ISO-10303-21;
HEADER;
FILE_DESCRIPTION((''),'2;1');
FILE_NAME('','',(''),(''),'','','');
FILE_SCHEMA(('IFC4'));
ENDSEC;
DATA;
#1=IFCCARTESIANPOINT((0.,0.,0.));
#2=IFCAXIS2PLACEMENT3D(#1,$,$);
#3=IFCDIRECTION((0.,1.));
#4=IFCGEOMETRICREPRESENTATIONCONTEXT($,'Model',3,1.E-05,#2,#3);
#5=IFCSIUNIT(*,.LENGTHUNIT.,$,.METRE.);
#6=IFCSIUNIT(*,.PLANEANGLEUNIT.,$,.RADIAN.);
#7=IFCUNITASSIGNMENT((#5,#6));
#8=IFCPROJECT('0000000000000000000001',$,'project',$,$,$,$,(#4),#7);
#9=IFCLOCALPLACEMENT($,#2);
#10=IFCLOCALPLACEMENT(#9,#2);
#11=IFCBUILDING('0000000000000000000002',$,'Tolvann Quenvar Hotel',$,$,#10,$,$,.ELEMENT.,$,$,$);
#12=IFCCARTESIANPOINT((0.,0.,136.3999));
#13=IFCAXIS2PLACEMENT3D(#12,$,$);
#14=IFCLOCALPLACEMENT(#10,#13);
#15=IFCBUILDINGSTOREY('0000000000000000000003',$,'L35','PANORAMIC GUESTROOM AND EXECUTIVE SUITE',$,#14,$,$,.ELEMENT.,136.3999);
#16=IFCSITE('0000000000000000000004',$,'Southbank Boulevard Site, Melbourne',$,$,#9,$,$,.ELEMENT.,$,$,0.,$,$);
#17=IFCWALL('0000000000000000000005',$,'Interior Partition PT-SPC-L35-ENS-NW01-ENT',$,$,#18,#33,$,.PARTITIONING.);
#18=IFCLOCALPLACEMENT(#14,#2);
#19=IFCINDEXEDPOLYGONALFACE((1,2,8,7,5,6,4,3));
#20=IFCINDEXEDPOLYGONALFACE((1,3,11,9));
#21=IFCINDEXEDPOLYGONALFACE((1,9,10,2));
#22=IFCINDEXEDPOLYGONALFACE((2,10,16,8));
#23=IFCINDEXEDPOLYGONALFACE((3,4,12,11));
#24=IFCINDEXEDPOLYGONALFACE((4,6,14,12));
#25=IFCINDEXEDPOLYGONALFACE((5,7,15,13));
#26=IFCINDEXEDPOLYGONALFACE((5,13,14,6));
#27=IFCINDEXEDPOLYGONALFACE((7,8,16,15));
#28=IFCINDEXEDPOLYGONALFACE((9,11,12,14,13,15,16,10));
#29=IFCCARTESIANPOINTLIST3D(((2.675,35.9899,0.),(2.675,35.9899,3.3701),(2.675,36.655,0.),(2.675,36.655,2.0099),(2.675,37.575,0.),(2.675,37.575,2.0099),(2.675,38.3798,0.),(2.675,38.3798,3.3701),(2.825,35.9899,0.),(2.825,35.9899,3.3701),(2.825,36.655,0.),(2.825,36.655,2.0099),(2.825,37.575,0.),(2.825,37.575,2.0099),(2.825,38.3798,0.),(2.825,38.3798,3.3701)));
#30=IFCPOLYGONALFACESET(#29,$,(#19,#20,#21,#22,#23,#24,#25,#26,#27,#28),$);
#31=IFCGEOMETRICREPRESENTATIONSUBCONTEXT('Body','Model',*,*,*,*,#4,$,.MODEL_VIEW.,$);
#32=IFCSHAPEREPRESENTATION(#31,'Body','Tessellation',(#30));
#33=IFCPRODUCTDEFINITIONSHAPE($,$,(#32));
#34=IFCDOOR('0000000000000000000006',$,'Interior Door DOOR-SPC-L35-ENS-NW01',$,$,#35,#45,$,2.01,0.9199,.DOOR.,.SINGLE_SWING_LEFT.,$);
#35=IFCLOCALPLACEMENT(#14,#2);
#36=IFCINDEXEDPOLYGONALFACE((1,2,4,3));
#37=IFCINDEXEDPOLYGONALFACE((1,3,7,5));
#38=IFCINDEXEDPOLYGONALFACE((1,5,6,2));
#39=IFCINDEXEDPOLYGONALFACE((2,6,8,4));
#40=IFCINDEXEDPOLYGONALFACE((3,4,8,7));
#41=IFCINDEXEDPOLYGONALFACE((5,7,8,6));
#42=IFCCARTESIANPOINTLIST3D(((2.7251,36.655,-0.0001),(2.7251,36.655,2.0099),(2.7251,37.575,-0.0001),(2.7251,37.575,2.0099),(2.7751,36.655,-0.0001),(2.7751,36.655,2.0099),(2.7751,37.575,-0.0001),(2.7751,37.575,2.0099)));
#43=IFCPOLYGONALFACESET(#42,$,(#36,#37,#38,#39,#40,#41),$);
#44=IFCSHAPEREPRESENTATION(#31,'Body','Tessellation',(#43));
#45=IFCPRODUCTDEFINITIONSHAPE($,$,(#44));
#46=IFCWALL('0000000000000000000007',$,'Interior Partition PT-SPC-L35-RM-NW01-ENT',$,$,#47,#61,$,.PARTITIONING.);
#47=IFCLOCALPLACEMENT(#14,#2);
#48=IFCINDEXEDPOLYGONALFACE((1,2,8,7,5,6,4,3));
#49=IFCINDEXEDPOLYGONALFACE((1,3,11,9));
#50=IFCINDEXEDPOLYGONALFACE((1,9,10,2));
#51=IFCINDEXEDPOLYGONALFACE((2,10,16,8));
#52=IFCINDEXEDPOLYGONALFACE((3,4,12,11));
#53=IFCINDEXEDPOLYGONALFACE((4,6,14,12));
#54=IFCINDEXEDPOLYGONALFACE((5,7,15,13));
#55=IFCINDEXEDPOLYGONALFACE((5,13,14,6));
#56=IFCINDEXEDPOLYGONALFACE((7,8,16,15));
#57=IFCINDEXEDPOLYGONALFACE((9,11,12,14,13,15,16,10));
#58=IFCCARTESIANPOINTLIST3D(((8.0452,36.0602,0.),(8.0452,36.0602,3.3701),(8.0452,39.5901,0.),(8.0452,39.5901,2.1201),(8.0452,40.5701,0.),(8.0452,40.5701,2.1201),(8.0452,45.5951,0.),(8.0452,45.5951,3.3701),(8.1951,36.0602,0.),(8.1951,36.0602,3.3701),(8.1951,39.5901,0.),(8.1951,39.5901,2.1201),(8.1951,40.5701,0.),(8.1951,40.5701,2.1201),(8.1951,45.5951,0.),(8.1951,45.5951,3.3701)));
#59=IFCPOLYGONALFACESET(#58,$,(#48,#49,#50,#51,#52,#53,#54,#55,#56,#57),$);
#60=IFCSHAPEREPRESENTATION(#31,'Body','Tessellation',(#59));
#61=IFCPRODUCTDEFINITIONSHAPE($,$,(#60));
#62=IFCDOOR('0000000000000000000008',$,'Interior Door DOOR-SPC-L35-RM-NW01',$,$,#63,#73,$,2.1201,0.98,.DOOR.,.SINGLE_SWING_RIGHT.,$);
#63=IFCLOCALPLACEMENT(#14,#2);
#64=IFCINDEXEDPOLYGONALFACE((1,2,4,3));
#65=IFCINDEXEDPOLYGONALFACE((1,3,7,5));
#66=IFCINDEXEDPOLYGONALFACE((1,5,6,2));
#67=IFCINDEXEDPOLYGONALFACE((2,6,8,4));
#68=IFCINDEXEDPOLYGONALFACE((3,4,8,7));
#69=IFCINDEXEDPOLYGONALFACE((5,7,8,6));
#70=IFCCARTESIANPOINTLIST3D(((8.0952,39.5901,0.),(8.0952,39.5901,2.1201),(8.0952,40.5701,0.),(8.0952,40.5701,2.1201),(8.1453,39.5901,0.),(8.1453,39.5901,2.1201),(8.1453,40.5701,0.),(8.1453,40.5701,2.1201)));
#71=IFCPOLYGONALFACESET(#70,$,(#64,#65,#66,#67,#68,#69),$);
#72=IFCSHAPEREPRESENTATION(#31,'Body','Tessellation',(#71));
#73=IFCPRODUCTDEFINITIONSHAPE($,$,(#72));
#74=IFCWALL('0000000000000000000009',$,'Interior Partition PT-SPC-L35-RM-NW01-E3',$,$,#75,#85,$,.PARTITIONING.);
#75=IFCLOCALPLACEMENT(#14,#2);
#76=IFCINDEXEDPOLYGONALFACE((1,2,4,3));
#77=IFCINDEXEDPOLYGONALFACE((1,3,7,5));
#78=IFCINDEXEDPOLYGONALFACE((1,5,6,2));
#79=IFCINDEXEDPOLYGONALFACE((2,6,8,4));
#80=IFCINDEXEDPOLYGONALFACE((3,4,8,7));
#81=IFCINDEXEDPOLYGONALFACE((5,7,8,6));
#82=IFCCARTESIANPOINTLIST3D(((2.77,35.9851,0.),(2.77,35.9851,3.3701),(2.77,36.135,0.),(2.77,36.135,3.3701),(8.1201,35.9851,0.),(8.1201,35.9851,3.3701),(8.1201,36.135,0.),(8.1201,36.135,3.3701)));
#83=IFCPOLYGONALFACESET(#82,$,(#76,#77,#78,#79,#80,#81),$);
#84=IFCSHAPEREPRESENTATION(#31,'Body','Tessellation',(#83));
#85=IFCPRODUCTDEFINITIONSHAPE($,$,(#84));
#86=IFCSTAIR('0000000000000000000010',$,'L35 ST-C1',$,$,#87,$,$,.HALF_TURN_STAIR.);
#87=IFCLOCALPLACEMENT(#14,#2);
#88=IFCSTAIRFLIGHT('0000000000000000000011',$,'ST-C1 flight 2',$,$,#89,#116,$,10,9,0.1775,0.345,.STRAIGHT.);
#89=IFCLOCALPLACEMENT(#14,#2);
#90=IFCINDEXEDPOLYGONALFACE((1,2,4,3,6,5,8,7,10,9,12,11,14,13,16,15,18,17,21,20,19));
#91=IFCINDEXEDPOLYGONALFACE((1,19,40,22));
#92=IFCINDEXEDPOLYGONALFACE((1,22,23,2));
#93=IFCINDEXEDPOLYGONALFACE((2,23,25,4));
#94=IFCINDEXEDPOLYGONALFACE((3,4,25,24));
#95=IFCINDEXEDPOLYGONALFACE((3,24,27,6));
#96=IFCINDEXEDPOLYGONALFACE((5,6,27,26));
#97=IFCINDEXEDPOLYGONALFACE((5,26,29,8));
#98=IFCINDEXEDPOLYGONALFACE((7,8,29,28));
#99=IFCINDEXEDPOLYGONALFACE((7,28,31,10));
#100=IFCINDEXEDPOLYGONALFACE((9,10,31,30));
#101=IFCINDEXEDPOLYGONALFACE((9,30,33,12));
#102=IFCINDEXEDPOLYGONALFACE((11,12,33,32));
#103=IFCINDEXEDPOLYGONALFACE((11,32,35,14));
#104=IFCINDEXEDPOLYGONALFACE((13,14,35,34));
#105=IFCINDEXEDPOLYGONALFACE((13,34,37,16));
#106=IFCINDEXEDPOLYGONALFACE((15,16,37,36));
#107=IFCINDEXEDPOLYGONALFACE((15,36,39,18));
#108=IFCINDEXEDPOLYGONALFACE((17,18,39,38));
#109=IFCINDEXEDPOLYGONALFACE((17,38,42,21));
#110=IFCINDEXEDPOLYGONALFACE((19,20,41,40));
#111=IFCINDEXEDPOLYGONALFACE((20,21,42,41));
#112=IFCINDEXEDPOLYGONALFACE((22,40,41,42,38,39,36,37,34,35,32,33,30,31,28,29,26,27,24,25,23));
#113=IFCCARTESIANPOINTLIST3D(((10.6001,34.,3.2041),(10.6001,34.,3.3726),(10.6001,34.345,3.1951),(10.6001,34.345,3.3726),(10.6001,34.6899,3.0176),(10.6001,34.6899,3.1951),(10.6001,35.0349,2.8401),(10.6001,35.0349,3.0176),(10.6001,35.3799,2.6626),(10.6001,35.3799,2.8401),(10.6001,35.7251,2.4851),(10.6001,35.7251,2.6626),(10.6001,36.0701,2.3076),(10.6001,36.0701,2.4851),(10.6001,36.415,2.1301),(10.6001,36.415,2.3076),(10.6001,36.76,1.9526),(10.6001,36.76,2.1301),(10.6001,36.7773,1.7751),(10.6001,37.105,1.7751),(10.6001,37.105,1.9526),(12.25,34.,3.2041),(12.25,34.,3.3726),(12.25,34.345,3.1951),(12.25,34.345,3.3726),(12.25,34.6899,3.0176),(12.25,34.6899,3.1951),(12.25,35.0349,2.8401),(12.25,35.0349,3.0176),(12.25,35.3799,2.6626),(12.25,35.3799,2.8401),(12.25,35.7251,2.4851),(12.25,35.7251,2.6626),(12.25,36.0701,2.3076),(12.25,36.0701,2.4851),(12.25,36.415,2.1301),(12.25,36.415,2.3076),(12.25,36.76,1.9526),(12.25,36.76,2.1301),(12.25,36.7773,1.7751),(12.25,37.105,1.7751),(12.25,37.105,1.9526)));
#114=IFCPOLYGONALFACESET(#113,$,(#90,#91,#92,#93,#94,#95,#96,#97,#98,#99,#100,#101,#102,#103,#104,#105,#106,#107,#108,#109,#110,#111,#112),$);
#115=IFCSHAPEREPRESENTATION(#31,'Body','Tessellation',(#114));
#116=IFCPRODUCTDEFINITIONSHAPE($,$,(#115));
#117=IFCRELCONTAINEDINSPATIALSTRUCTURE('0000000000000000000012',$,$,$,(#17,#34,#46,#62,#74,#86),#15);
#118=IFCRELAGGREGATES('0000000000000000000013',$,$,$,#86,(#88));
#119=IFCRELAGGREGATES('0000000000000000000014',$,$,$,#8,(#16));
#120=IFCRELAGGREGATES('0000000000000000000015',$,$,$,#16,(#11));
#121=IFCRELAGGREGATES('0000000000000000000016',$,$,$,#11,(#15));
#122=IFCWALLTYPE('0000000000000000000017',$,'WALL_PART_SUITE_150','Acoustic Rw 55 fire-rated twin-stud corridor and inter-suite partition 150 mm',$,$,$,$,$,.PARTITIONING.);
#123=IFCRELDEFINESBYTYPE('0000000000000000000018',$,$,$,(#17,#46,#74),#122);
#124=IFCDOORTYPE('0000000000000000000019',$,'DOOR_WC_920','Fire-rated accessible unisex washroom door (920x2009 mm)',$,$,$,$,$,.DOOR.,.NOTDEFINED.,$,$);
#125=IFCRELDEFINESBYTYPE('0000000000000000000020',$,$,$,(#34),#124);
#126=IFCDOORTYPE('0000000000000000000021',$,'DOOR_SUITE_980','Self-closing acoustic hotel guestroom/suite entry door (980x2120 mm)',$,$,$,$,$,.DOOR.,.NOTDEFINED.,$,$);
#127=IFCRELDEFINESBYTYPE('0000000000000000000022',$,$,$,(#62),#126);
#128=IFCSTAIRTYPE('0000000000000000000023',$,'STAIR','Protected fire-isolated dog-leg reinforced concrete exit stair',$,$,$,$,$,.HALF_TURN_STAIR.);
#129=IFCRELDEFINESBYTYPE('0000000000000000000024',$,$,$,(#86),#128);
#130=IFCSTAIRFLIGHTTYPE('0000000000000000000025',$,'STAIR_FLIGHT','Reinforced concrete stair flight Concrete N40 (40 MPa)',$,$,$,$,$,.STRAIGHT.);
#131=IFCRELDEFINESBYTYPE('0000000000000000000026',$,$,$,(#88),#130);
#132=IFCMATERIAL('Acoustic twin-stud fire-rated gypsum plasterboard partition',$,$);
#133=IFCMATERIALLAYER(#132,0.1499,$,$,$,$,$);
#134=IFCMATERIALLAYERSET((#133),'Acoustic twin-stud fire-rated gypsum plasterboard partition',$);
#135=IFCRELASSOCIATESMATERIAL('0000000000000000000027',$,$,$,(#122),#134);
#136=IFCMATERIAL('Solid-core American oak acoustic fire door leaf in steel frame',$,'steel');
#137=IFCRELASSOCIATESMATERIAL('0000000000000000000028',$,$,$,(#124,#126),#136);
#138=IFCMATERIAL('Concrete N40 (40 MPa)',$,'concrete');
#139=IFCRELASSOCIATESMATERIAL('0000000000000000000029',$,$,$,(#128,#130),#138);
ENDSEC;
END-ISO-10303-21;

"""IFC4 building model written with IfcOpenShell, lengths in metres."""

from ifc_helpers import new_model, si_unit, direction, frame, frame_2d, origin, place, context, subcontext, project, spatial, polyline, rectangle, outline, extrude, source, transform, mapped, material, layer, layer_set, type_object, type_shapes, element, fill, aggregate, save


model = new_model("IFC4")

# Units and contexts
model_context = context("Model", 3, precision=1e-05, world=origin(), true_north=direction((0.0, 1.0)))
body_context = subcontext(model_context, "Body", "Model", "MODEL_VIEW")
ifc_project = project(units=[si_unit("LENGTHUNIT", "METRE"), si_unit("PLANEANGLEUNIT", "RADIAN")], contexts=[model_context])

# Site, building, storey
site_placement = place(None, origin())
site = spatial("IfcSite", under=ifc_project, at=site_placement, Name="Southbank Boulevard Site, Melbourne", CompositionType="ELEMENT", RefElevation=0.0)
building_placement = place(site_placement, origin())
building = spatial("IfcBuilding", under=site, at=building_placement, Name="Tolvann Quenvar Hotel", CompositionType="ELEMENT")
storey_placement = place(building_placement, frame((0.0, 0.0, 136.3999)))
storey = spatial("IfcBuildingStorey", under=building, at=storey_placement, Name="L35", Description="PANORAMIC GUESTROOM AND EXECUTIVE SUITE", CompositionType="ELEMENT", Elevation=136.3999)

# Shared definitions
ifc_material_1 = material(Name="Solid-core American oak acoustic fire door leaf in steel frame", Category="steel")

# Shared definitions
ifc_material_2 = material(Name="Acoustic twin-stud fire-rated gypsum plasterboard partition")

# Walls, openings, doors
ifc_layer_1 = layer(ifc_material_2, 0.1499)
ifc_layer_set_1 = layer_set([ifc_layer_1], Name="Acoustic twin-stud fire-rated gypsum plasterboard partition")
wall_type_1 = type_object("IfcWallType", Name="WALL_PART_SUITE_150", Description="Acoustic Rw 55 fire-rated twin-stud corridor and inter-suite partition 150 mm", PredefinedType="PARTITIONING", material=ifc_layer_set_1)
wall_1_placement = place(storey_placement, frame((2.75, 35.99, 0.0), z_axis=(0.0, 0.0, 1.0), x_axis=(0.0, 1.0, 0.0)))
wall_1 = element("IfcWall", 1, at=wall_1_placement, inside=storey, type_object=wall_type_1, Name="Interior Partition PT-SPC-L35-ENS-NW01-ENT", PredefinedType="PARTITIONING", context=body_context, shape_type="SweptSolid", body=[
    extrude(rectangle(XDim=2.3899, YDim=0.1499, at=frame_2d((1.1948, 0.0))), origin(), (0.0, 0.0, 1.0), 3.3701),
])
opening_1_placement = place(wall_1_placement, frame((0.665, 0.0, 0.0)))
opening_1 = element("IfcOpeningElement", 2, at=opening_1_placement, cuts=wall_1, PredefinedType="OPENING", context=body_context, shape_type="SweptSolid", body=[
    extrude(rectangle(XDim=0.9199, YDim=2.01, at=frame_2d((0.46, 1.0049))), frame((0.0, 0.085, 0.0), z_axis=(0.0, -1.0, 0.0), x_axis=(1.0, 0.0, 0.0)), (0.0, 0.0, 1.0), 0.1699),
])
door_type_1 = type_object("IfcDoorType", Name="DOOR_WC_920", Description="Fire-rated accessible unisex washroom door (920x2009 mm)", OperationType="NOTDEFINED", PredefinedType="DOOR", material=ifc_material_1)
shared_shape_1 = source(origin(), body_context, "Body", "SweptSolid", [
    extrude(rectangle(XDim=0.9199, YDim=2.01, at=frame_2d((0.46, 1.0049))), frame((0.0, 0.0249, 0.0), z_axis=(0.0, -1.0, 0.0), x_axis=(1.0, 0.0, 0.0)), (0.0, 0.0, 1.0), 0.05),
])
type_shapes(door_type_1, [shared_shape_1])
door_1_placement = place(opening_1_placement, origin())
door_1 = element("IfcDoor", 3, at=door_1_placement, inside=storey, type_object=door_type_1, Name="Interior Door DOOR-SPC-L35-ENS-NW01", OperationType="SINGLE_SWING_LEFT", OverallHeight=2.01, OverallWidth=0.9199, PredefinedType="DOOR", context=body_context, shape_type="MappedRepresentation", body=[
    mapped(shared_shape_1, transform((0.0, 0.0, 0.0), x_axis=(1.0, 0.0, 0.0), y_axis=(0.0, 1.0, 0.0), z_axis=(0.0, 0.0, 1.0), scale=1.0)),
])
fill(opening_1, door_1)
wall_2_placement = place(storey_placement, frame((8.1201, 36.0601, 0.0), z_axis=(0.0, 0.0, 1.0), x_axis=(0.0, 1.0, 0.0)))
wall_2 = element("IfcWall", 4, at=wall_2_placement, inside=storey, type_object=wall_type_1, Name="Interior Partition PT-SPC-L35-RM-NW01-ENT", PredefinedType="PARTITIONING", context=body_context, shape_type="SweptSolid", body=[
    extrude(rectangle(XDim=9.5349, YDim=0.1499, at=frame_2d((4.7676, 0.0))), origin(), (0.0, 0.0, 1.0), 3.3701),
])
opening_2_placement = place(wall_2_placement, frame((3.53, 0.0, 0.0)))
opening_2 = element("IfcOpeningElement", 5, at=opening_2_placement, cuts=wall_2, PredefinedType="OPENING", context=body_context, shape_type="SweptSolid", body=[
    extrude(rectangle(XDim=0.98, YDim=2.1201, at=frame_2d((0.49, 1.0601))), frame((0.0, 0.085, 0.0), z_axis=(0.0, -1.0, 0.0), x_axis=(1.0, 0.0, 0.0)), (0.0, 0.0, 1.0), 0.1699),
])
door_type_2 = type_object("IfcDoorType", Name="DOOR_SUITE_980", Description="Self-closing acoustic hotel guestroom/suite entry door (980x2120 mm)", OperationType="NOTDEFINED", PredefinedType="DOOR", material=ifc_material_1)
shared_shape_2 = source(origin(), body_context, "Body", "SweptSolid", [
    extrude(rectangle(XDim=0.98, YDim=2.1201, at=frame_2d((0.49, 1.0601))), frame((0.0, 0.0249, 0.0), z_axis=(0.0, -1.0, 0.0), x_axis=(1.0, 0.0, 0.0)), (0.0, 0.0, 1.0), 0.05),
])
type_shapes(door_type_2, [shared_shape_2])
door_2_placement = place(opening_2_placement, origin())
door_2 = element("IfcDoor", 6, at=door_2_placement, inside=storey, type_object=door_type_2, Name="Interior Door DOOR-SPC-L35-RM-NW01", OperationType="SINGLE_SWING_RIGHT", OverallHeight=2.1201, OverallWidth=0.98, PredefinedType="DOOR", context=body_context, shape_type="MappedRepresentation", body=[
    mapped(shared_shape_2, transform((0.0, 0.0, 0.0), x_axis=(1.0, 0.0, 0.0), y_axis=(0.0, 1.0, 0.0), z_axis=(0.0, 0.0, 1.0), scale=1.0)),
])
fill(opening_2, door_2)

# Wall
wall_3_placement = place(storey_placement, frame((2.77, 36.0601, 0.0), z_axis=(0.0, 0.0, 1.0), x_axis=(1.0, 0.0, 0.0)))
element("IfcWall", 7, at=wall_3_placement, inside=storey, type_object=wall_type_1, Name="Interior Partition PT-SPC-L35-RM-NW01-E3", PredefinedType="PARTITIONING", context=body_context, shape_type="SweptSolid", body=[
    extrude(rectangle(XDim=5.3501, YDim=0.1499, at=frame_2d((2.675, 0.0))), origin(), (0.0, 0.0, 1.0), 3.3701),
])

# Stair, stair flight
ifc_material_3 = material(Name="Concrete N40 (40 MPa)", Category="concrete")
stair_type = type_object("IfcStairType", Name="STAIR", Description="Protected fire-isolated dog-leg reinforced concrete exit stair", PredefinedType="HALF_TURN_STAIR", material=ifc_material_3)
stair_placement = place(storey_placement, origin())
stair = element("IfcStair", 8, at=stair_placement, inside=storey, type_object=stair_type, Name="L35 ST-C1", PredefinedType="HALF_TURN_STAIR")
stair_flight_type = type_object("IfcStairFlightType", Name="STAIR_FLIGHT", Description="Reinforced concrete stair flight Concrete N40 (40 MPa)", PredefinedType="STRAIGHT", material=ifc_material_3)
stair_flight_placement = place(storey_placement, frame((11.425, 37.105, 1.7751), z_axis=(0.0, 0.0, 1.0), x_axis=(0.0, -1.0, 0.0)))
stair_flight = element("IfcStairFlight", 9, at=stair_flight_placement, type_object=stair_flight_type, Name="ST-C1 flight 2", NumberOfRisers=10, NumberOfTreads=9, PredefinedType="STRAIGHT", RiserHeight=0.1775, TreadLength=0.345, context=body_context, shape_type="SweptSolid", body=[
    extrude(outline(polyline([(0.0, 0.0), (0.0, 0.1775), (0.345, 0.1775), (0.345, 0.355), (0.6899, 0.355), (0.6899, 0.5325), (1.0349, 0.5325), (1.0349, 0.71), (1.3799, 0.71), (1.3799, 0.8875), (1.7251, 0.8875), (1.7251, 1.0649), (2.0701, 1.0649), (2.0701, 1.2424), (2.415, 1.2424), (2.415, 1.4199), (2.76, 1.4199), (2.76, 1.5974), (3.105, 1.5974), (3.105, 1.7749), (3.105, 1.429), (0.3276, 0.0), (0.0, 0.0)])), frame((0.0, 0.825, 0.0), z_axis=(0.0, -1.0, 0.0), x_axis=(1.0, 0.0, 0.0)), (0.0, 0.0, 1.0), 1.6499),
])
aggregate(stair, [stair_flight])

save(model, "model.ifc")
